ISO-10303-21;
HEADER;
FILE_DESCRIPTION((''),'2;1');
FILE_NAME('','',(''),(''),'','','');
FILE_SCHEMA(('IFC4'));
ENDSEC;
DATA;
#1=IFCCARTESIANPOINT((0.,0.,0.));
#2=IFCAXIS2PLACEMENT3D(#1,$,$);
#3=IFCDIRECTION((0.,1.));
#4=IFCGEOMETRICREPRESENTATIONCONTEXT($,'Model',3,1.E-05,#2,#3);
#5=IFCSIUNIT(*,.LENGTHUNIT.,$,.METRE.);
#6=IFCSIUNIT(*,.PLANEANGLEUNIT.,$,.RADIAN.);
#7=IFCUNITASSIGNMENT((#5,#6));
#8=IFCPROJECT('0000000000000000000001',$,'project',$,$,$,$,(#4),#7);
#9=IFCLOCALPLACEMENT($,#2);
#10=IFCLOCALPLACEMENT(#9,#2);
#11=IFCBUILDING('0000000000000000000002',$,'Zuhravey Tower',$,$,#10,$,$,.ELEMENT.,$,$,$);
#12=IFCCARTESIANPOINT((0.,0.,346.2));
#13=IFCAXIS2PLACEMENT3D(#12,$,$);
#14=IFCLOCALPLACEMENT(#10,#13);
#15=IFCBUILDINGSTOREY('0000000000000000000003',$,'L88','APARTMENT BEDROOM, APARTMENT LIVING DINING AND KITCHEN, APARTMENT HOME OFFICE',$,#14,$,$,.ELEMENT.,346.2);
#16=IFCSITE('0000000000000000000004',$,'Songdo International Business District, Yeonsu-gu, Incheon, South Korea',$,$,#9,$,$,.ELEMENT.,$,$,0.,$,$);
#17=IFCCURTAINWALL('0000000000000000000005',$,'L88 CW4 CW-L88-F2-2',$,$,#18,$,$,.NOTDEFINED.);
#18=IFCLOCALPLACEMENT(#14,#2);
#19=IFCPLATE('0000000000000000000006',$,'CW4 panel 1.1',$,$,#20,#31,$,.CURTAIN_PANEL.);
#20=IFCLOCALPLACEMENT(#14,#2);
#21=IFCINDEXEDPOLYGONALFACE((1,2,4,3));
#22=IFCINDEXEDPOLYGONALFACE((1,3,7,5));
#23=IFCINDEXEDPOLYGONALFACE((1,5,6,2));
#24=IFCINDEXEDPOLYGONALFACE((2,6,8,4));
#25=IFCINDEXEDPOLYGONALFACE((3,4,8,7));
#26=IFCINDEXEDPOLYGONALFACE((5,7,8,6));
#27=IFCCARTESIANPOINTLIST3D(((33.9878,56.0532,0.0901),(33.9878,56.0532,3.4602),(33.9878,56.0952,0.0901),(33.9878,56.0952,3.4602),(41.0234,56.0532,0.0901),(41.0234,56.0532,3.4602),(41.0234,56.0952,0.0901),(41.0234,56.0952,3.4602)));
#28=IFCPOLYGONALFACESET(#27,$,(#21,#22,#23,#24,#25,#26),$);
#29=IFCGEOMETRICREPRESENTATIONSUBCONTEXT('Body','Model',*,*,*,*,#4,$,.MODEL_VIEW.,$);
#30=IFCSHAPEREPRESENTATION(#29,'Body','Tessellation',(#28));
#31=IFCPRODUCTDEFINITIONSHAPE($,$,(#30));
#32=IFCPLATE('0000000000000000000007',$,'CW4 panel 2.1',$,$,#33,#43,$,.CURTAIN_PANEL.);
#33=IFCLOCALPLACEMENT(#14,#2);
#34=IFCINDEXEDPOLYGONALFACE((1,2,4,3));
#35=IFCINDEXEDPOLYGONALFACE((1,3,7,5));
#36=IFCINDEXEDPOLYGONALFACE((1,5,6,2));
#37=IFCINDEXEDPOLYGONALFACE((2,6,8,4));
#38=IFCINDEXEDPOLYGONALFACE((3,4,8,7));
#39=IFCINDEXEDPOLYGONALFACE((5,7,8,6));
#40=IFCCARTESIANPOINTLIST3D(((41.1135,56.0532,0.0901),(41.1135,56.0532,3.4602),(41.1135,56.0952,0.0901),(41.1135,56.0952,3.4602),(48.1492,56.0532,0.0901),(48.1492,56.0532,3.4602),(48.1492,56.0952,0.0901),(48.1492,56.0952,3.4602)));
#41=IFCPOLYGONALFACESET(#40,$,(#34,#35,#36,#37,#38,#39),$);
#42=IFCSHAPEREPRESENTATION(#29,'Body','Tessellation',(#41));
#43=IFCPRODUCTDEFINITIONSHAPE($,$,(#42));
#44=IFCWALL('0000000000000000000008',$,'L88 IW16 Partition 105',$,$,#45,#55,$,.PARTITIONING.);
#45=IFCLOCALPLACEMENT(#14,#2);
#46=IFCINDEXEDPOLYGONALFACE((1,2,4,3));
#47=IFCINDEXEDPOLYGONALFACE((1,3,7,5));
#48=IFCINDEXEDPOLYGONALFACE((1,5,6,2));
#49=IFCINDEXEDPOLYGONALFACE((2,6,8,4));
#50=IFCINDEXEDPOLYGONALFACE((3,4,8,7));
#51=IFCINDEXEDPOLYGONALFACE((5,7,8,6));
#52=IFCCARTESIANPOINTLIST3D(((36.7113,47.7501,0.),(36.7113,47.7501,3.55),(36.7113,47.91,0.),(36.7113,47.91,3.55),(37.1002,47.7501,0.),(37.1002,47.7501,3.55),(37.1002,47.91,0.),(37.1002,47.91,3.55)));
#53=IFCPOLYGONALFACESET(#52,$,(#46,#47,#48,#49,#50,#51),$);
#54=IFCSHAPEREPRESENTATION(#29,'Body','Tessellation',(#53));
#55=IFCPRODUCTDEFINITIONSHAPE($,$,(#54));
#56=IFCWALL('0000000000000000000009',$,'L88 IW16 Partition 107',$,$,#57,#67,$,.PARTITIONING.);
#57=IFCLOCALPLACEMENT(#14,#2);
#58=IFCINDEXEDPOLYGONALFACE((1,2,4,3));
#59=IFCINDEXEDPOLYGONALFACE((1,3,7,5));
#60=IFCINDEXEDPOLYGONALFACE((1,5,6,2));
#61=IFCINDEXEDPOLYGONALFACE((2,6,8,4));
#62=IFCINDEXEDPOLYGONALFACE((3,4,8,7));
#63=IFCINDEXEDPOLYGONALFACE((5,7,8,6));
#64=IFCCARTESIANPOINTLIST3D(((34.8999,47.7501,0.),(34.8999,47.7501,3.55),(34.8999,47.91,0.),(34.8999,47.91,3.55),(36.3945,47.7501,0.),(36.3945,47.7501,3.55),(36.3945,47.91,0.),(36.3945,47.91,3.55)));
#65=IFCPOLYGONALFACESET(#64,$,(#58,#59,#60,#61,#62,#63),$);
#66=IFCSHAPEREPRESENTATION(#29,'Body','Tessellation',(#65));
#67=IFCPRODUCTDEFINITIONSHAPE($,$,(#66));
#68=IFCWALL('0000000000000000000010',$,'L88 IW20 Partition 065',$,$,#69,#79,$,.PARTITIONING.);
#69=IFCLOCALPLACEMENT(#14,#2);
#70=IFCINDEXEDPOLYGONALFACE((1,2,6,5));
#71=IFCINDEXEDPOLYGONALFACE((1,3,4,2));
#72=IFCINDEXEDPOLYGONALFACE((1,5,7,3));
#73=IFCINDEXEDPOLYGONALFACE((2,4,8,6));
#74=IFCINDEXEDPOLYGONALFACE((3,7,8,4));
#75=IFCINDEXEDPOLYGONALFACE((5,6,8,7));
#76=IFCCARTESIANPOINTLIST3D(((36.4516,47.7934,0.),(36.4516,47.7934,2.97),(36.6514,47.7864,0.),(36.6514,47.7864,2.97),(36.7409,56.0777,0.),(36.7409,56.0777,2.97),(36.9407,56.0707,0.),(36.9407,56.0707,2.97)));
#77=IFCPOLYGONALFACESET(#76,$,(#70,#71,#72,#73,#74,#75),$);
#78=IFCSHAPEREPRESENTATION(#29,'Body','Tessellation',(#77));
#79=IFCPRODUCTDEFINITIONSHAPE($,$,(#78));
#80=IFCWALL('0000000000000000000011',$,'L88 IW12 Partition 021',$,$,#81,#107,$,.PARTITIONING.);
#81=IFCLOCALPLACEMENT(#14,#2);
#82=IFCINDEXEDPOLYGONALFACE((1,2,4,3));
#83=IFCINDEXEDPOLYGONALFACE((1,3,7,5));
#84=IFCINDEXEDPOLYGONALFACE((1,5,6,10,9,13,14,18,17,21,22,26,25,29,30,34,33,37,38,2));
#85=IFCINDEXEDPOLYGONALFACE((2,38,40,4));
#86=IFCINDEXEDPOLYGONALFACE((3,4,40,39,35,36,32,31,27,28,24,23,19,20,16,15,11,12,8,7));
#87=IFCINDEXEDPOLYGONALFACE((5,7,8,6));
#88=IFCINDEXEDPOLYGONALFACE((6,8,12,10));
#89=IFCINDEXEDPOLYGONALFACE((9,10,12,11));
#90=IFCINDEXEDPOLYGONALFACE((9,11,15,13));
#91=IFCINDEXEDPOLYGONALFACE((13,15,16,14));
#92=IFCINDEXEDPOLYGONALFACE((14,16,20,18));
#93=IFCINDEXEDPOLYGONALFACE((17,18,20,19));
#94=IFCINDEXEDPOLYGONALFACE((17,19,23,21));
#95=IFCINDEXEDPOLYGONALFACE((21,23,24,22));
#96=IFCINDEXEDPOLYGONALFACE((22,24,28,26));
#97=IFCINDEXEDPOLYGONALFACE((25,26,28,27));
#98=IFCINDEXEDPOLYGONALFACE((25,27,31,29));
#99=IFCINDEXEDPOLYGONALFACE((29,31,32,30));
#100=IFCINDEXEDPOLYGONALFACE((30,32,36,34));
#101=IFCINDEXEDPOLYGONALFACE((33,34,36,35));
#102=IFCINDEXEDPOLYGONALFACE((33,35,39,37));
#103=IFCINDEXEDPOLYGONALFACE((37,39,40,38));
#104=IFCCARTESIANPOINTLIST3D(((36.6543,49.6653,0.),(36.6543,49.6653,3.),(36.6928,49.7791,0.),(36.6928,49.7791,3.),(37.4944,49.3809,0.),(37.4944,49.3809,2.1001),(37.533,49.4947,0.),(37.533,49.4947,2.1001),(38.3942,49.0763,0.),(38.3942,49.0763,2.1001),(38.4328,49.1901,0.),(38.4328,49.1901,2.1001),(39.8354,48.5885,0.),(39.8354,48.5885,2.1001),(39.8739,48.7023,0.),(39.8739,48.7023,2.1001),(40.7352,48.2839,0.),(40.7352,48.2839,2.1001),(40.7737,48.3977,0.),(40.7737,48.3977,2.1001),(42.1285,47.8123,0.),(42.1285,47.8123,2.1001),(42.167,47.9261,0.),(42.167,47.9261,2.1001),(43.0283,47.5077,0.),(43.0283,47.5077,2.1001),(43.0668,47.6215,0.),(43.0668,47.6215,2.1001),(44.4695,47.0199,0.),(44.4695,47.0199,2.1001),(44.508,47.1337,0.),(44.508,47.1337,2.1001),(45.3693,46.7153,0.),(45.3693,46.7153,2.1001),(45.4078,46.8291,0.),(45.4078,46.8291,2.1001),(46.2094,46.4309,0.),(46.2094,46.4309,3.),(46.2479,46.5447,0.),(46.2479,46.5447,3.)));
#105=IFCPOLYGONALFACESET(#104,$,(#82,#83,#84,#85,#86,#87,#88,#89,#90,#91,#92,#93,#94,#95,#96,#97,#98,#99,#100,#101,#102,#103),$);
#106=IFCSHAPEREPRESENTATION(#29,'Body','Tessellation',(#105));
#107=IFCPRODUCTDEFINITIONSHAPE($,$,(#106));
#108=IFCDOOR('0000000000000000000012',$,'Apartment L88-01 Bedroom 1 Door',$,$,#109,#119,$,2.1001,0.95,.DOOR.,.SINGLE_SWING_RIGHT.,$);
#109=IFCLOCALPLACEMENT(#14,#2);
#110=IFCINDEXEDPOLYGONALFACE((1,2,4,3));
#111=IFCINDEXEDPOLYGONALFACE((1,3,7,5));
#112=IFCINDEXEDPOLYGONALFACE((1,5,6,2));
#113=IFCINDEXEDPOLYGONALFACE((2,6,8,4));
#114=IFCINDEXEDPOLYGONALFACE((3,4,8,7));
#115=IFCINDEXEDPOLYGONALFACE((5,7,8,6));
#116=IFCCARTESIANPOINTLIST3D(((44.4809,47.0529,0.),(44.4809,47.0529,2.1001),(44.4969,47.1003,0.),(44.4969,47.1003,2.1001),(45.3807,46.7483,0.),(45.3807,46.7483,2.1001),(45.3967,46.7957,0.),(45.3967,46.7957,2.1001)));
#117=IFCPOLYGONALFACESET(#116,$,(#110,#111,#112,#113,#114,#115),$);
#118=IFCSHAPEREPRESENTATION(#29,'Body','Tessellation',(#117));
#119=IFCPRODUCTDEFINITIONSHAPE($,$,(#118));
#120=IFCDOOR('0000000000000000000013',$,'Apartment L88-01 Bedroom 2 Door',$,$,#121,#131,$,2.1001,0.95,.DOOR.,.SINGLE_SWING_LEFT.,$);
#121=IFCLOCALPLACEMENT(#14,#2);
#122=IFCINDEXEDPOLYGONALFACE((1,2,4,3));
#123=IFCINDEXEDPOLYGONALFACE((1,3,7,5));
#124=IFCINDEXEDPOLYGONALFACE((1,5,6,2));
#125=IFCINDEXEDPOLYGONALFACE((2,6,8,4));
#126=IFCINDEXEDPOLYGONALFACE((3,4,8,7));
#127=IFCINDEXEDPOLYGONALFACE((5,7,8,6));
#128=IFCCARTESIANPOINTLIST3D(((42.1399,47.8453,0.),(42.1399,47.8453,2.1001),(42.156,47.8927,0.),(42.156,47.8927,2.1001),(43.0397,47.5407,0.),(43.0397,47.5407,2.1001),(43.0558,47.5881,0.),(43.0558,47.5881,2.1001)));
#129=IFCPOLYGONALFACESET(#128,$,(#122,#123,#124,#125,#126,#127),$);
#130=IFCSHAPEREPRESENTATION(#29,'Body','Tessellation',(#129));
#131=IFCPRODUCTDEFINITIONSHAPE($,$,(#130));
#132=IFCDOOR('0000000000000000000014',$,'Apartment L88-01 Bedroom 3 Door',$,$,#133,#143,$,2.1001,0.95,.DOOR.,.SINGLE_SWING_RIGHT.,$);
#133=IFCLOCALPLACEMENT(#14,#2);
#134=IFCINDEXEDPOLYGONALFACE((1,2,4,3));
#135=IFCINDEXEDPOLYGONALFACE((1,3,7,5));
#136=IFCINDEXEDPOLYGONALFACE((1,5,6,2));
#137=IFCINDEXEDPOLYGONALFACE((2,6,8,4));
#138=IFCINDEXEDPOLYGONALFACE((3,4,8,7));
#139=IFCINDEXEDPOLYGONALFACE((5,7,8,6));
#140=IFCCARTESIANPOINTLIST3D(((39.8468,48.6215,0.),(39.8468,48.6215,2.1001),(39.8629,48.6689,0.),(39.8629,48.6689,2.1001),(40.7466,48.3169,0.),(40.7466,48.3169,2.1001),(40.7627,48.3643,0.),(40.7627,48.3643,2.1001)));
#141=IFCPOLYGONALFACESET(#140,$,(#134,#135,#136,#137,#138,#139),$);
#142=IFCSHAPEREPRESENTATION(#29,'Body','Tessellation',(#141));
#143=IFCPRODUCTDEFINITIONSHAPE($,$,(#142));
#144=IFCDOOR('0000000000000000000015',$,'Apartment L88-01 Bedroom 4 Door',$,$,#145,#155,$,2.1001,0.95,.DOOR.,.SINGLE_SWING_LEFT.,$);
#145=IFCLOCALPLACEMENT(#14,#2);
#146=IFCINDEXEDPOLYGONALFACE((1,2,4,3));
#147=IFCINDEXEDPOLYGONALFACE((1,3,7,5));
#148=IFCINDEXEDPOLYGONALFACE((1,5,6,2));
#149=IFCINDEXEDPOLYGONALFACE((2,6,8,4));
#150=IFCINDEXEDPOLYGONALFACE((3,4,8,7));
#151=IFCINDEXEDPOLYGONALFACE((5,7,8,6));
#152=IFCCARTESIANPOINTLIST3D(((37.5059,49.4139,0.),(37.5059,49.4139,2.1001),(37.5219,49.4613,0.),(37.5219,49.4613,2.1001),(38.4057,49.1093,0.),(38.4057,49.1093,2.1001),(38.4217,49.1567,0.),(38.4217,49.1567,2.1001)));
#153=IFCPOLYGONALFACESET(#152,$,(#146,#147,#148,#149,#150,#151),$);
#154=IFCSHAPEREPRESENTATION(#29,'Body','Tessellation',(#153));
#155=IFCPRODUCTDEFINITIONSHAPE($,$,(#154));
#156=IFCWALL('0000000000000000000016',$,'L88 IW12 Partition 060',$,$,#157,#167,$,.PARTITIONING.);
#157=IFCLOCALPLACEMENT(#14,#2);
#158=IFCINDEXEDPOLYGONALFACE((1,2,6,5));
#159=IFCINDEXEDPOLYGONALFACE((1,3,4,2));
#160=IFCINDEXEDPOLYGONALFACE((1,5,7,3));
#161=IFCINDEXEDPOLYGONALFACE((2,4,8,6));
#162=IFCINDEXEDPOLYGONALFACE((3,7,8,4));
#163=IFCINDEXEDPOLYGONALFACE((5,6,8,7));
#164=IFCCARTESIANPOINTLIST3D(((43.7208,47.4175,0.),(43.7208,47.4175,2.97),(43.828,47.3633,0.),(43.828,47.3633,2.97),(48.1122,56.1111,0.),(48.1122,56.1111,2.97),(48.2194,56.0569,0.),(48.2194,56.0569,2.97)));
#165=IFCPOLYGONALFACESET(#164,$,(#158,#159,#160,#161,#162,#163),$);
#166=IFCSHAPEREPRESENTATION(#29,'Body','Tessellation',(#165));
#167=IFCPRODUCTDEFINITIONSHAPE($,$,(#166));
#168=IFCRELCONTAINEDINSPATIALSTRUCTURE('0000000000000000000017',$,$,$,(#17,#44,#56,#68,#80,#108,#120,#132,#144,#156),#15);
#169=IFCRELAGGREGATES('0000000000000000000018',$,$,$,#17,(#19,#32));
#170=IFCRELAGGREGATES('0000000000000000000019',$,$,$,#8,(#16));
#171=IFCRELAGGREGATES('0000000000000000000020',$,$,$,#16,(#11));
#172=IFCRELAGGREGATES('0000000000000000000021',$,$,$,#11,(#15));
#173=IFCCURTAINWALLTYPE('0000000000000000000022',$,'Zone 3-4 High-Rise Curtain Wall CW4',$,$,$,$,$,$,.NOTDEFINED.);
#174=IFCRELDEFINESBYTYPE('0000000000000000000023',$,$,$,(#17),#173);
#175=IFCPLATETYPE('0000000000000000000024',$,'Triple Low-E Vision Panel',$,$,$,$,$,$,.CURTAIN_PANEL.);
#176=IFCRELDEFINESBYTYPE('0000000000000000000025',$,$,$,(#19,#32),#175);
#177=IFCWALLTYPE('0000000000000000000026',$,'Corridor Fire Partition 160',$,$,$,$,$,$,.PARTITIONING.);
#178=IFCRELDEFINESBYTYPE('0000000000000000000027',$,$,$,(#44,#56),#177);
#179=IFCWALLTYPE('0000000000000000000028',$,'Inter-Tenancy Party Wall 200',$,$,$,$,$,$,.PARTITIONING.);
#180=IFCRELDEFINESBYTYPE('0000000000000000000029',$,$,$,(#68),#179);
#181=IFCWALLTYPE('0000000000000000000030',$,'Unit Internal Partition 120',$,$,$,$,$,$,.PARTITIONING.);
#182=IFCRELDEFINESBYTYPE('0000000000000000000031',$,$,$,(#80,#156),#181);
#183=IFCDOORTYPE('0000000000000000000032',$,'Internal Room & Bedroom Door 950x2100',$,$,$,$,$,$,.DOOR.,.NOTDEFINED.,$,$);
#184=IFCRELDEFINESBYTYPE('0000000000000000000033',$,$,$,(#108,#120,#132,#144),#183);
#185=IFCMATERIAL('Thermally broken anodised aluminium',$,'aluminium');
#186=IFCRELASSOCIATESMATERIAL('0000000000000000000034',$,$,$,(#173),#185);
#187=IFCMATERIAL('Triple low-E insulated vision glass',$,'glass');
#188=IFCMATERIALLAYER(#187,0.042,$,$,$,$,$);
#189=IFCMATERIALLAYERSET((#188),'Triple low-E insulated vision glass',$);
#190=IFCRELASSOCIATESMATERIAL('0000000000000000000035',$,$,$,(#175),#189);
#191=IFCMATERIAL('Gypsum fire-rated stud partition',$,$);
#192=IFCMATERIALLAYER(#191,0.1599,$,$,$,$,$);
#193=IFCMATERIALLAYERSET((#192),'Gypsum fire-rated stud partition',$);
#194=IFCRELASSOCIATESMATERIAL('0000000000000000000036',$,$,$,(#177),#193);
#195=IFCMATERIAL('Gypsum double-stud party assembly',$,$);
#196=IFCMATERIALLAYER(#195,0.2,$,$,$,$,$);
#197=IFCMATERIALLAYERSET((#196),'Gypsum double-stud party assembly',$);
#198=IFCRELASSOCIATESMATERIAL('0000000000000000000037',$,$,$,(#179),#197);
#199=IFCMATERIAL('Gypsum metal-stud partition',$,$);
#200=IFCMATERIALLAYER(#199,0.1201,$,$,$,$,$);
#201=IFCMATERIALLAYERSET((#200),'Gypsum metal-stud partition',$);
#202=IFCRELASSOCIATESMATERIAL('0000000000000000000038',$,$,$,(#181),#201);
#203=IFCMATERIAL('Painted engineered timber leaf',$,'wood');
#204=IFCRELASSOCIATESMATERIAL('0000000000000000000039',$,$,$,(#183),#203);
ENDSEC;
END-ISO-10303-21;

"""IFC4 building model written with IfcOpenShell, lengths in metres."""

from ifc_helpers import new_model, si_unit, direction, frame, frame_2d, origin, origin_2d, place, context, subcontext, project, spatial, rectangle, extrude, material, layer, layer_set, type_object, element, fill, aggregate, save


model = new_model("IFC4")

# Units and contexts
model_context = context("Model", 3, precision=1e-05, world=origin(), true_north=direction((0.0, 1.0)))
body_context = subcontext(model_context, "Body", "Model", "MODEL_VIEW")
ifc_project = project(units=[si_unit("LENGTHUNIT", "METRE"), si_unit("PLANEANGLEUNIT", "RADIAN")], contexts=[model_context])

# Site, building, storey
site_placement = place(None, origin())
site = spatial("IfcSite", under=ifc_project, at=site_placement, Name="Songdo International Business District, Yeonsu-gu, Incheon, South Korea", CompositionType="ELEMENT", RefElevation=0.0)
building_placement = place(site_placement, origin())
building = spatial("IfcBuilding", under=site, at=building_placement, Name="Zuhravey Tower", CompositionType="ELEMENT")
storey_placement = place(building_placement, frame((0.0, 0.0, 346.2)))
storey = spatial("IfcBuildingStorey", under=building, at=storey_placement, Name="L88", Description="APARTMENT BEDROOM, APARTMENT LIVING DINING AND KITCHEN, APARTMENT HOME OFFICE", CompositionType="ELEMENT", Elevation=346.2)

# Curtain wall
ifc_material_1 = material(Name="Thermally broken anodised aluminium", Category="aluminium")
curtain_wall_type = type_object("IfcCurtainWallType", Name="Zone 3-4 High-Rise Curtain Wall CW4", PredefinedType="NOTDEFINED", material=ifc_material_1)
curtain_wall_placement = place(storey_placement, origin())
curtain_wall = element("IfcCurtainWall", 1, at=curtain_wall_placement, inside=storey, type_object=curtain_wall_type, Name="L88 CW4 CW-L88-F2-2", PredefinedType="NOTDEFINED")

# Plates
ifc_material_2 = material(Name="Triple low-E insulated vision glass", Category="glass")
ifc_layer_1 = layer(ifc_material_2, 0.042)
ifc_layer_set_1 = layer_set([ifc_layer_1], Name="Triple low-E insulated vision glass")
plate_type_1 = type_object("IfcPlateType", Name="Triple Low-E Vision Panel", PredefinedType="CURTAIN_PANEL", material=ifc_layer_set_1)
plate_1_placement = place(storey_placement, frame((37.5056, 56.0742, 0.0901), z_axis=(0.0, 0.0, 1.0), x_axis=(1.0, 0.0, 0.0)))
plate_1 = element("IfcPlate", 2, at=plate_1_placement, type_object=plate_type_1, Name="CW4 panel 1.1", PredefinedType="CURTAIN_PANEL", context=body_context, shape_type="SweptSolid", body=[
    extrude(rectangle(XDim=7.0356, YDim=0.042, at=origin_2d()), origin(), (0.0, 0.0, 1.0), 3.3701),
])
plate_2_placement = place(storey_placement, frame((44.6313, 56.0742, 0.0901), z_axis=(0.0, 0.0, 1.0), x_axis=(1.0, 0.0, 0.0)))
plate_2 = element("IfcPlate", 3, at=plate_2_placement, type_object=plate_type_1, Name="CW4 panel 2.1", PredefinedType="CURTAIN_PANEL", context=body_context, shape_type="SweptSolid", body=[
    extrude(rectangle(XDim=7.0356, YDim=0.042, at=origin_2d()), origin(), (0.0, 0.0, 1.0), 3.3701),
])
aggregate(curtain_wall, [plate_1, plate_2])

# Shared definitions
ifc_material_3 = material(Name="Gypsum fire-rated stud partition")
ifc_layer_2 = layer(ifc_material_3, 0.1599)
ifc_layer_set_2 = layer_set([ifc_layer_2], Name="Gypsum fire-rated stud partition")
wall_type_1 = type_object("IfcWallType", Name="Corridor Fire Partition 160", PredefinedType="PARTITIONING", material=ifc_layer_set_2)

# Walls
wall_1_placement = place(storey_placement, frame((37.1001, 47.8301, 0.0), z_axis=(0.0, 0.0, 1.0), x_axis=(-1.0, 0.0, 0.0)))
element("IfcWall", 4, at=wall_1_placement, inside=storey, type_object=wall_type_1, Name="L88 IW16 Partition 105", PredefinedType="PARTITIONING", context=body_context, shape_type="SweptSolid", body=[
    extrude(rectangle(XDim=0.3889, YDim=0.1599, at=frame_2d((0.1943, 0.0))), origin(), (0.0, 0.0, 1.0), 3.55),
])
wall_2_placement = place(storey_placement, frame((36.3945, 47.8301, 0.0), z_axis=(0.0, 0.0, 1.0), x_axis=(-1.0, 0.0, 0.0)))
element("IfcWall", 5, at=wall_2_placement, inside=storey, type_object=wall_type_1, Name="L88 IW16 Partition 107", PredefinedType="PARTITIONING", context=body_context, shape_type="SweptSolid", body=[
    extrude(rectangle(XDim=1.4946, YDim=0.1599, at=frame_2d((0.7473, 0.0))), origin(), (0.0, 0.0, 1.0), 3.55),
])
ifc_material_4 = material(Name="Gypsum double-stud party assembly")
ifc_layer_3 = layer(ifc_material_4, 0.2)
ifc_layer_set_3 = layer_set([ifc_layer_3], Name="Gypsum double-stud party assembly")
wall_type_2 = type_object("IfcWallType", Name="Inter-Tenancy Party Wall 200", PredefinedType="PARTITIONING", material=ifc_layer_set_3)
wall_3_placement = place(storey_placement, frame((36.5515, 47.79, 0.0), z_axis=(0.0, 0.0, 1.0), x_axis=(0.034902, 0.999391, 0.0)))
element("IfcWall", 6, at=wall_3_placement, inside=storey, type_object=wall_type_2, Name="L88 IW20 Partition 065", PredefinedType="PARTITIONING", context=body_context, shape_type="SweptSolid", body=[
    extrude(rectangle(XDim=8.2893, YDim=0.2, at=frame_2d((4.1445, 0.0))), origin(), (0.0, 0.0, 1.0), 2.97),
])

# Wall, openings, doors
ifc_material_5 = material(Name="Gypsum metal-stud partition")
ifc_layer_4 = layer(ifc_material_5, 0.1201)
ifc_layer_set_4 = layer_set([ifc_layer_4], Name="Gypsum metal-stud partition")
wall_type_3 = type_object("IfcWallType", Name="Unit Internal Partition 120", PredefinedType="PARTITIONING", material=ifc_layer_set_4)
wall_4_placement = place(storey_placement, frame((46.2288, 46.4878, 0.0), z_axis=(0.0, 0.0, 1.0), x_axis=(-0.947206, 0.320624, 0.0)))
wall_4 = element("IfcWall", 7, at=wall_4_placement, inside=storey, type_object=wall_type_3, Name="L88 IW12 Partition 021", PredefinedType="PARTITIONING", context=body_context, shape_type="SweptSolid", body=[
    extrude(rectangle(XDim=10.0876, YDim=0.1201, at=frame_2d((5.0439, 0.0))), origin(), (0.0, 0.0, 1.0), 3.0),
])
opening_1_placement = place(wall_4_placement, frame((0.887, 0.0, 0.0)))
opening_1 = element("IfcOpeningElement", 8, at=opening_1_placement, cuts=wall_4, PredefinedType="OPENING", context=body_context, shape_type="SweptSolid", body=[
    extrude(rectangle(XDim=0.95, YDim=2.1001, at=frame_2d((0.4751, 1.05))), frame((0.0, 0.072, 0.0), z_axis=(0.0, -1.0, 0.0), x_axis=(1.0, 0.0, 0.0)), (0.0, 0.0, 1.0), 0.144),
])
opening_2_placement = place(wall_4_placement, frame((3.3584, 0.0, 0.0)))
opening_2 = element("IfcOpeningElement", 9, at=opening_2_placement, cuts=wall_4, PredefinedType="OPENING", context=body_context, shape_type="SweptSolid", body=[
    extrude(rectangle(XDim=0.95, YDim=2.1001, at=frame_2d((0.4751, 1.05))), frame((0.0, 0.072, 0.0), z_axis=(0.0, -1.0, 0.0), x_axis=(1.0, 0.0, 0.0)), (0.0, 0.0, 1.0), 0.144),
])
opening_3_placement = place(wall_4_placement, frame((5.7793, 0.0, 0.0)))
opening_3 = element("IfcOpeningElement", 10, at=opening_3_placement, cuts=wall_4, PredefinedType="OPENING", context=body_context, shape_type="SweptSolid", body=[
    extrude(rectangle(XDim=0.95, YDim=2.1001, at=frame_2d((0.4751, 1.05))), frame((0.0, 0.072, 0.0), z_axis=(0.0, -1.0, 0.0), x_axis=(1.0, 0.0, 0.0)), (0.0, 0.0, 1.0), 0.144),
])
opening_4_placement = place(wall_4_placement, frame((8.2507, 0.0, 0.0)))
opening_4 = element("IfcOpeningElement", 11, at=opening_4_placement, cuts=wall_4, PredefinedType="OPENING", context=body_context, shape_type="SweptSolid", body=[
    extrude(rectangle(XDim=0.95, YDim=2.1001, at=frame_2d((0.4751, 1.05))), frame((0.0, 0.072, 0.0), z_axis=(0.0, -1.0, 0.0), x_axis=(1.0, 0.0, 0.0)), (0.0, 0.0, 1.0), 0.144),
])
ifc_material_6 = material(Name="Painted engineered timber leaf", Category="wood")
door_type_1 = type_object("IfcDoorType", Name="Internal Room & Bedroom Door 950x2100", OperationType="NOTDEFINED", PredefinedType="DOOR", material=ifc_material_6)
door_1_placement = place(opening_1_placement, frame((0.95, 0.0, 0.0), z_axis=(0.0, 0.0, 1.0), x_axis=(-1.0, 0.0, 0.0)))
door_1 = element("IfcDoor", 12, at=door_1_placement, inside=storey, type_object=door_type_1, Name="Apartment L88-01 Bedroom 1 Door", OperationType="SINGLE_SWING_RIGHT", OverallHeight=2.1001, OverallWidth=0.95, PredefinedType="DOOR", context=body_context, shape_type="SweptSolid", body=[
    extrude(rectangle(XDim=0.95, YDim=2.1001, at=frame_2d((0.4751, 1.05))), frame((0.0, 0.0249, 0.0), z_axis=(0.0, -1.0, 0.0), x_axis=(1.0, 0.0, 0.0)), (0.0, 0.0, 1.0), 0.05),
])
fill(opening_1, door_1)
door_2_placement = place(opening_2_placement, frame((0.95, 0.0, 0.0), z_axis=(0.0, 0.0, 1.0), x_axis=(-1.0, 0.0, 0.0)))
door_2 = element("IfcDoor", 13, at=door_2_placement, inside=storey, type_object=door_type_1, Name="Apartment L88-01 Bedroom 2 Door", OperationType="SINGLE_SWING_LEFT", OverallHeight=2.1001, OverallWidth=0.95, PredefinedType="DOOR", context=body_context, shape_type="SweptSolid", body=[
    extrude(rectangle(XDim=0.95, YDim=2.1001, at=frame_2d((0.4751, 1.05))), frame((0.0, 0.0249, 0.0), z_axis=(0.0, -1.0, 0.0), x_axis=(1.0, 0.0, 0.0)), (0.0, 0.0, 1.0), 0.05),
])
fill(opening_2, door_2)
door_3_placement = place(opening_3_placement, frame((0.95, 0.0, 0.0), z_axis=(0.0, 0.0, 1.0), x_axis=(-1.0, 0.0, 0.0)))
door_3 = element("IfcDoor", 14, at=door_3_placement, inside=storey, type_object=door_type_1, Name="Apartment L88-01 Bedroom 3 Door", OperationType="SINGLE_SWING_RIGHT", OverallHeight=2.1001, OverallWidth=0.95, PredefinedType="DOOR", context=body_context, shape_type="SweptSolid", body=[
    extrude(rectangle(XDim=0.95, YDim=2.1001, at=frame_2d((0.4751, 1.05))), frame((0.0, 0.0249, 0.0), z_axis=(0.0, -1.0, 0.0), x_axis=(1.0, 0.0, 0.0)), (0.0, 0.0, 1.0), 0.05),
])
fill(opening_3, door_3)
door_4_placement = place(opening_4_placement, frame((0.95, 0.0, 0.0), z_axis=(0.0, 0.0, 1.0), x_axis=(-1.0, 0.0, 0.0)))
door_4 = element("IfcDoor", 15, at=door_4_placement, inside=storey, type_object=door_type_1, Name="Apartment L88-01 Bedroom 4 Door", OperationType="SINGLE_SWING_LEFT", OverallHeight=2.1001, OverallWidth=0.95, PredefinedType="DOOR", context=body_context, shape_type="SweptSolid", body=[
    extrude(rectangle(XDim=0.95, YDim=2.1001, at=frame_2d((0.4751, 1.05))), frame((0.0, 0.0249, 0.0), z_axis=(0.0, -1.0, 0.0), x_axis=(1.0, 0.0, 0.0)), (0.0, 0.0, 1.0), 0.05),
])
fill(opening_4, door_4)

# Wall
wall_5_placement = place(storey_placement, frame((43.7744, 47.3904, 0.0), z_axis=(0.0, 0.0, 1.0), x_axis=(0.45087, 0.89259, 0.0)))
element("IfcWall", 16, at=wall_5_placement, inside=storey, type_object=wall_type_3, Name="L88 IW12 Partition 060", PredefinedType="PARTITIONING", context=body_context, shape_type="SweptSolid", body=[
    extrude(rectangle(XDim=9.7397, YDim=0.1201, at=frame_2d((4.8699, 0.0))), origin(), (0.0, 0.0, 1.0), 2.97),
])

save(model, "model.ifc")
